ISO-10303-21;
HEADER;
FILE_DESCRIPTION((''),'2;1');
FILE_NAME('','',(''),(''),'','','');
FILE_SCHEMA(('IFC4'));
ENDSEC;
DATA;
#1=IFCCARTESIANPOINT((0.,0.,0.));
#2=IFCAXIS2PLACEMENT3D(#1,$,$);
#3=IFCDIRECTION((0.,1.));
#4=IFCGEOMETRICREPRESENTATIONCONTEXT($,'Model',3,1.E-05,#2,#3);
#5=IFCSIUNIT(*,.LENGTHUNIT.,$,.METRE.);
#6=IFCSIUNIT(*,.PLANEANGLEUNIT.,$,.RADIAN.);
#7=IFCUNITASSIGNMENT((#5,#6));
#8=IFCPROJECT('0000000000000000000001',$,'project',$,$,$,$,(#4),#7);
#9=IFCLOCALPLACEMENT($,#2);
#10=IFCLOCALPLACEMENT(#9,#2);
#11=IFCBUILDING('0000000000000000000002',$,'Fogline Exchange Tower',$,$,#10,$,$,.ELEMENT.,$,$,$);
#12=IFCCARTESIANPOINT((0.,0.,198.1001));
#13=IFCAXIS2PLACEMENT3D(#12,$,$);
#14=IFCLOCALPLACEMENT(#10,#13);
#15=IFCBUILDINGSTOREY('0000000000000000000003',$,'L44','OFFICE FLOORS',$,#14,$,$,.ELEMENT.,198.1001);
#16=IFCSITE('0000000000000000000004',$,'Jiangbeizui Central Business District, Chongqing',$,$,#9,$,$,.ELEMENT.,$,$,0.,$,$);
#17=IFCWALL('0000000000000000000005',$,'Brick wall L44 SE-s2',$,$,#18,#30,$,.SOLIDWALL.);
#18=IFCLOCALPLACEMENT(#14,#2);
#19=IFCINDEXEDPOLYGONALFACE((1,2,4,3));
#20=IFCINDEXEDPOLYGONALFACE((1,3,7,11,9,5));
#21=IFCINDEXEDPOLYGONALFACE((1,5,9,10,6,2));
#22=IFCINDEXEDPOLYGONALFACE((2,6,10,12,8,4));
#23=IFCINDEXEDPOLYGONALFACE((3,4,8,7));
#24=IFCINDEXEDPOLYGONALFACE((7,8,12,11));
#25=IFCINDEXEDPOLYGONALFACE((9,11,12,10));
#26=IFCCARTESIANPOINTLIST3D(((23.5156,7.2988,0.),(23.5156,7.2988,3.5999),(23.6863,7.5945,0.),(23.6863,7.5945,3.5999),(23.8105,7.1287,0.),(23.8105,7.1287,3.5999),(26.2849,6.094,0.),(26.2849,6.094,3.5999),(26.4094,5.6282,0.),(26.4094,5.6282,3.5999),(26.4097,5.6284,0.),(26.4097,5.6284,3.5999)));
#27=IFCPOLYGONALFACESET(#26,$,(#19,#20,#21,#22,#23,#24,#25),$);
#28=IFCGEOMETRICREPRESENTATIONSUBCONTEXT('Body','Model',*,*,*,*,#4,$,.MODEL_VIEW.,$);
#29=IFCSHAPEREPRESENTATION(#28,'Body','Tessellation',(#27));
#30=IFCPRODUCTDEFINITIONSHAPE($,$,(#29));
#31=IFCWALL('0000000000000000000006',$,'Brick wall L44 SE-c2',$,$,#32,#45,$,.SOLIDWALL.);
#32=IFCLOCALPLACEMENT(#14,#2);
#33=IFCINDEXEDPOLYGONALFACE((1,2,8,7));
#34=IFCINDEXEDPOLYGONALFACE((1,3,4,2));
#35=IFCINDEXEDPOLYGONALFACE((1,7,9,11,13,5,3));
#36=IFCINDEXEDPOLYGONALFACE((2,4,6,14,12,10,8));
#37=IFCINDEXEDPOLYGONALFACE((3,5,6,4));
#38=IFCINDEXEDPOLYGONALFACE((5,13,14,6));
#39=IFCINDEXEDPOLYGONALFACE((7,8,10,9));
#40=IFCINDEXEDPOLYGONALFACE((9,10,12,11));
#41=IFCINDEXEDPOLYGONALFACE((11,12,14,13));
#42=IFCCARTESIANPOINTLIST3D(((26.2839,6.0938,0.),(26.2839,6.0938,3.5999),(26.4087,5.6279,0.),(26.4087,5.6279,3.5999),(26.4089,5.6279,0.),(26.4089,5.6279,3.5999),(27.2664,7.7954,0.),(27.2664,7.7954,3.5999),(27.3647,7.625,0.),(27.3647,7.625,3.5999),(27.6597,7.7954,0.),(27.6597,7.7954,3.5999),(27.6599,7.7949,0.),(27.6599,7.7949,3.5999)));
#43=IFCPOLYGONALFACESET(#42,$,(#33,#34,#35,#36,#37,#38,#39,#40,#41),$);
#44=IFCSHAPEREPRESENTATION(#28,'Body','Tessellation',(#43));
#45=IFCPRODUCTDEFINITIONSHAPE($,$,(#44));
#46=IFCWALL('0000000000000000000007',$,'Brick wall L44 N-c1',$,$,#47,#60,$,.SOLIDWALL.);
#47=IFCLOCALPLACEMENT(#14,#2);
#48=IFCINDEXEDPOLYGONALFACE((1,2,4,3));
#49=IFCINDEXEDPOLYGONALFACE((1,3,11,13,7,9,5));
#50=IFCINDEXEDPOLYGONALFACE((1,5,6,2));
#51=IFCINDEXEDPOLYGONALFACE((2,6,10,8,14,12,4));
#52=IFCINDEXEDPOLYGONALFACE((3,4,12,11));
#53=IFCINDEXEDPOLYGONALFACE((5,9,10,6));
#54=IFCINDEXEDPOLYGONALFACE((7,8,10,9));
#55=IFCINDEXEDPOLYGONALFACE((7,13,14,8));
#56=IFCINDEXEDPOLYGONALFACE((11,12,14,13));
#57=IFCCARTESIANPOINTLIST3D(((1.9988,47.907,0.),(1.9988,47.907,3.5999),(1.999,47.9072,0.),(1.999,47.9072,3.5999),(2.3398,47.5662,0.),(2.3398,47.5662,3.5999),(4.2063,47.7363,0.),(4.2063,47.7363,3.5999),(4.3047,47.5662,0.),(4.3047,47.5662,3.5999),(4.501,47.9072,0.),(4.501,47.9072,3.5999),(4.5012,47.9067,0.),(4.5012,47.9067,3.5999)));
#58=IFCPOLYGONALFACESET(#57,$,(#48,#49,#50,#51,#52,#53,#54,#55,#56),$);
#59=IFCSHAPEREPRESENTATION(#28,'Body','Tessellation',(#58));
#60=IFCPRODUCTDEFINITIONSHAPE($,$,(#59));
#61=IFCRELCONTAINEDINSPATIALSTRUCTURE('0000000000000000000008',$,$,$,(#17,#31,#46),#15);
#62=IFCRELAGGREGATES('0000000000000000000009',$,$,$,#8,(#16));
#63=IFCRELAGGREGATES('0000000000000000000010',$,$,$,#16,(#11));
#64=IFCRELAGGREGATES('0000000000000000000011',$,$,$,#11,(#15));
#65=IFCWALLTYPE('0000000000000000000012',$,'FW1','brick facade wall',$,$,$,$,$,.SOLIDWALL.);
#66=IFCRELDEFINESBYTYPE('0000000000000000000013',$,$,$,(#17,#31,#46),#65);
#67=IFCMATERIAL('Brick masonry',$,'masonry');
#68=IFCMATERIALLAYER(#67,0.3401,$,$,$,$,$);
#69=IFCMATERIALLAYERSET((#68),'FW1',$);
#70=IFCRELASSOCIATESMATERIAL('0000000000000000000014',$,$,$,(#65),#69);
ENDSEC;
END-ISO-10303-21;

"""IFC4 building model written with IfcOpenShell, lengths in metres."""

from ifc_helpers import new_model, si_unit, direction, frame, origin, place, context, subcontext, project, spatial, polyline, outline, extrude, material, layer, layer_set, type_object, element, save


model = new_model("IFC4")

# Units and contexts
model_context = context("Model", 3, precision=1e-05, world=origin(), true_north=direction((0.0, 1.0)))
body_context = subcontext(model_context, "Body", "Model", "MODEL_VIEW")
ifc_project = project(units=[si_unit("LENGTHUNIT", "METRE"), si_unit("PLANEANGLEUNIT", "RADIAN")], contexts=[model_context])

# Site, building, storey
site_placement = place(None, origin())
site = spatial("IfcSite", under=ifc_project, at=site_placement, Name="Jiangbeizui Central Business District, Chongqing", CompositionType="ELEMENT", RefElevation=0.0)
building_placement = place(site_placement, origin())
building = spatial("IfcBuilding", under=site, at=building_placement, Name="Fogline Exchange Tower", CompositionType="ELEMENT")
storey_placement = place(building_placement, frame((0.0, 0.0, 198.1001)))
storey = spatial("IfcBuildingStorey", under=building, at=storey_placement, Name="L44", Description="OFFICE FLOORS", CompositionType="ELEMENT", Elevation=198.1001)

# Walls
ifc_material_1 = material(Name="Brick masonry", Category="masonry")
ifc_layer_1 = layer(ifc_material_1, 0.3401)
ifc_layer_set_1 = layer_set([ifc_layer_1], Name="FW1")
wall_type = type_object("IfcWallType", Name="FW1", Description="brick facade wall", PredefinedType="SOLIDWALL", material=ifc_layer_set_1)
wall_1_placement = place(storey_placement, origin())
element("IfcWall", 1, at=wall_1_placement, inside=storey, type_object=wall_type, Name="Brick wall L44 SE-s2", PredefinedType="SOLIDWALL", context=body_context, shape_type="SweptSolid", body=[
    extrude(outline(polyline([(26.4094, 5.6282), (23.8105, 7.1287), (23.5156, 7.2988), (23.6863, 7.5945), (26.2849, 6.094), (26.4097, 5.6284), (26.4094, 5.6282)])), origin(), (0.0, 0.0, 1.0), 3.5999),
])
wall_2_placement = place(storey_placement, origin())
element("IfcWall", 2, at=wall_2_placement, inside=storey, type_object=wall_type, Name="Brick wall L44 SE-c2", PredefinedType="SOLIDWALL", context=body_context, shape_type="SweptSolid", body=[
    extrude(outline(polyline([(27.2664, 7.7954), (27.3647, 7.625), (27.6597, 7.7954), (27.6599, 7.7949), (26.4089, 5.6279), (26.4087, 5.6279), (26.2839, 6.0938), (27.2664, 7.7954)])), origin(), (0.0, 0.0, 1.0), 3.5999),
])
wall_3_placement = place(storey_placement, origin())
element("IfcWall", 3, at=wall_3_placement, inside=storey, type_object=wall_type, Name="Brick wall L44 N-c1", PredefinedType="SOLIDWALL", context=body_context, shape_type="SweptSolid", body=[
    extrude(outline(polyline([(1.999, 47.9072), (4.501, 47.9072), (4.5012, 47.9067), (4.2063, 47.7363), (4.3047, 47.5662), (2.3398, 47.5662), (1.9988, 47.907), (1.999, 47.9072)])), origin(), (0.0, 0.0, 1.0), 3.5999),
])

save(model, "model.ifc")
